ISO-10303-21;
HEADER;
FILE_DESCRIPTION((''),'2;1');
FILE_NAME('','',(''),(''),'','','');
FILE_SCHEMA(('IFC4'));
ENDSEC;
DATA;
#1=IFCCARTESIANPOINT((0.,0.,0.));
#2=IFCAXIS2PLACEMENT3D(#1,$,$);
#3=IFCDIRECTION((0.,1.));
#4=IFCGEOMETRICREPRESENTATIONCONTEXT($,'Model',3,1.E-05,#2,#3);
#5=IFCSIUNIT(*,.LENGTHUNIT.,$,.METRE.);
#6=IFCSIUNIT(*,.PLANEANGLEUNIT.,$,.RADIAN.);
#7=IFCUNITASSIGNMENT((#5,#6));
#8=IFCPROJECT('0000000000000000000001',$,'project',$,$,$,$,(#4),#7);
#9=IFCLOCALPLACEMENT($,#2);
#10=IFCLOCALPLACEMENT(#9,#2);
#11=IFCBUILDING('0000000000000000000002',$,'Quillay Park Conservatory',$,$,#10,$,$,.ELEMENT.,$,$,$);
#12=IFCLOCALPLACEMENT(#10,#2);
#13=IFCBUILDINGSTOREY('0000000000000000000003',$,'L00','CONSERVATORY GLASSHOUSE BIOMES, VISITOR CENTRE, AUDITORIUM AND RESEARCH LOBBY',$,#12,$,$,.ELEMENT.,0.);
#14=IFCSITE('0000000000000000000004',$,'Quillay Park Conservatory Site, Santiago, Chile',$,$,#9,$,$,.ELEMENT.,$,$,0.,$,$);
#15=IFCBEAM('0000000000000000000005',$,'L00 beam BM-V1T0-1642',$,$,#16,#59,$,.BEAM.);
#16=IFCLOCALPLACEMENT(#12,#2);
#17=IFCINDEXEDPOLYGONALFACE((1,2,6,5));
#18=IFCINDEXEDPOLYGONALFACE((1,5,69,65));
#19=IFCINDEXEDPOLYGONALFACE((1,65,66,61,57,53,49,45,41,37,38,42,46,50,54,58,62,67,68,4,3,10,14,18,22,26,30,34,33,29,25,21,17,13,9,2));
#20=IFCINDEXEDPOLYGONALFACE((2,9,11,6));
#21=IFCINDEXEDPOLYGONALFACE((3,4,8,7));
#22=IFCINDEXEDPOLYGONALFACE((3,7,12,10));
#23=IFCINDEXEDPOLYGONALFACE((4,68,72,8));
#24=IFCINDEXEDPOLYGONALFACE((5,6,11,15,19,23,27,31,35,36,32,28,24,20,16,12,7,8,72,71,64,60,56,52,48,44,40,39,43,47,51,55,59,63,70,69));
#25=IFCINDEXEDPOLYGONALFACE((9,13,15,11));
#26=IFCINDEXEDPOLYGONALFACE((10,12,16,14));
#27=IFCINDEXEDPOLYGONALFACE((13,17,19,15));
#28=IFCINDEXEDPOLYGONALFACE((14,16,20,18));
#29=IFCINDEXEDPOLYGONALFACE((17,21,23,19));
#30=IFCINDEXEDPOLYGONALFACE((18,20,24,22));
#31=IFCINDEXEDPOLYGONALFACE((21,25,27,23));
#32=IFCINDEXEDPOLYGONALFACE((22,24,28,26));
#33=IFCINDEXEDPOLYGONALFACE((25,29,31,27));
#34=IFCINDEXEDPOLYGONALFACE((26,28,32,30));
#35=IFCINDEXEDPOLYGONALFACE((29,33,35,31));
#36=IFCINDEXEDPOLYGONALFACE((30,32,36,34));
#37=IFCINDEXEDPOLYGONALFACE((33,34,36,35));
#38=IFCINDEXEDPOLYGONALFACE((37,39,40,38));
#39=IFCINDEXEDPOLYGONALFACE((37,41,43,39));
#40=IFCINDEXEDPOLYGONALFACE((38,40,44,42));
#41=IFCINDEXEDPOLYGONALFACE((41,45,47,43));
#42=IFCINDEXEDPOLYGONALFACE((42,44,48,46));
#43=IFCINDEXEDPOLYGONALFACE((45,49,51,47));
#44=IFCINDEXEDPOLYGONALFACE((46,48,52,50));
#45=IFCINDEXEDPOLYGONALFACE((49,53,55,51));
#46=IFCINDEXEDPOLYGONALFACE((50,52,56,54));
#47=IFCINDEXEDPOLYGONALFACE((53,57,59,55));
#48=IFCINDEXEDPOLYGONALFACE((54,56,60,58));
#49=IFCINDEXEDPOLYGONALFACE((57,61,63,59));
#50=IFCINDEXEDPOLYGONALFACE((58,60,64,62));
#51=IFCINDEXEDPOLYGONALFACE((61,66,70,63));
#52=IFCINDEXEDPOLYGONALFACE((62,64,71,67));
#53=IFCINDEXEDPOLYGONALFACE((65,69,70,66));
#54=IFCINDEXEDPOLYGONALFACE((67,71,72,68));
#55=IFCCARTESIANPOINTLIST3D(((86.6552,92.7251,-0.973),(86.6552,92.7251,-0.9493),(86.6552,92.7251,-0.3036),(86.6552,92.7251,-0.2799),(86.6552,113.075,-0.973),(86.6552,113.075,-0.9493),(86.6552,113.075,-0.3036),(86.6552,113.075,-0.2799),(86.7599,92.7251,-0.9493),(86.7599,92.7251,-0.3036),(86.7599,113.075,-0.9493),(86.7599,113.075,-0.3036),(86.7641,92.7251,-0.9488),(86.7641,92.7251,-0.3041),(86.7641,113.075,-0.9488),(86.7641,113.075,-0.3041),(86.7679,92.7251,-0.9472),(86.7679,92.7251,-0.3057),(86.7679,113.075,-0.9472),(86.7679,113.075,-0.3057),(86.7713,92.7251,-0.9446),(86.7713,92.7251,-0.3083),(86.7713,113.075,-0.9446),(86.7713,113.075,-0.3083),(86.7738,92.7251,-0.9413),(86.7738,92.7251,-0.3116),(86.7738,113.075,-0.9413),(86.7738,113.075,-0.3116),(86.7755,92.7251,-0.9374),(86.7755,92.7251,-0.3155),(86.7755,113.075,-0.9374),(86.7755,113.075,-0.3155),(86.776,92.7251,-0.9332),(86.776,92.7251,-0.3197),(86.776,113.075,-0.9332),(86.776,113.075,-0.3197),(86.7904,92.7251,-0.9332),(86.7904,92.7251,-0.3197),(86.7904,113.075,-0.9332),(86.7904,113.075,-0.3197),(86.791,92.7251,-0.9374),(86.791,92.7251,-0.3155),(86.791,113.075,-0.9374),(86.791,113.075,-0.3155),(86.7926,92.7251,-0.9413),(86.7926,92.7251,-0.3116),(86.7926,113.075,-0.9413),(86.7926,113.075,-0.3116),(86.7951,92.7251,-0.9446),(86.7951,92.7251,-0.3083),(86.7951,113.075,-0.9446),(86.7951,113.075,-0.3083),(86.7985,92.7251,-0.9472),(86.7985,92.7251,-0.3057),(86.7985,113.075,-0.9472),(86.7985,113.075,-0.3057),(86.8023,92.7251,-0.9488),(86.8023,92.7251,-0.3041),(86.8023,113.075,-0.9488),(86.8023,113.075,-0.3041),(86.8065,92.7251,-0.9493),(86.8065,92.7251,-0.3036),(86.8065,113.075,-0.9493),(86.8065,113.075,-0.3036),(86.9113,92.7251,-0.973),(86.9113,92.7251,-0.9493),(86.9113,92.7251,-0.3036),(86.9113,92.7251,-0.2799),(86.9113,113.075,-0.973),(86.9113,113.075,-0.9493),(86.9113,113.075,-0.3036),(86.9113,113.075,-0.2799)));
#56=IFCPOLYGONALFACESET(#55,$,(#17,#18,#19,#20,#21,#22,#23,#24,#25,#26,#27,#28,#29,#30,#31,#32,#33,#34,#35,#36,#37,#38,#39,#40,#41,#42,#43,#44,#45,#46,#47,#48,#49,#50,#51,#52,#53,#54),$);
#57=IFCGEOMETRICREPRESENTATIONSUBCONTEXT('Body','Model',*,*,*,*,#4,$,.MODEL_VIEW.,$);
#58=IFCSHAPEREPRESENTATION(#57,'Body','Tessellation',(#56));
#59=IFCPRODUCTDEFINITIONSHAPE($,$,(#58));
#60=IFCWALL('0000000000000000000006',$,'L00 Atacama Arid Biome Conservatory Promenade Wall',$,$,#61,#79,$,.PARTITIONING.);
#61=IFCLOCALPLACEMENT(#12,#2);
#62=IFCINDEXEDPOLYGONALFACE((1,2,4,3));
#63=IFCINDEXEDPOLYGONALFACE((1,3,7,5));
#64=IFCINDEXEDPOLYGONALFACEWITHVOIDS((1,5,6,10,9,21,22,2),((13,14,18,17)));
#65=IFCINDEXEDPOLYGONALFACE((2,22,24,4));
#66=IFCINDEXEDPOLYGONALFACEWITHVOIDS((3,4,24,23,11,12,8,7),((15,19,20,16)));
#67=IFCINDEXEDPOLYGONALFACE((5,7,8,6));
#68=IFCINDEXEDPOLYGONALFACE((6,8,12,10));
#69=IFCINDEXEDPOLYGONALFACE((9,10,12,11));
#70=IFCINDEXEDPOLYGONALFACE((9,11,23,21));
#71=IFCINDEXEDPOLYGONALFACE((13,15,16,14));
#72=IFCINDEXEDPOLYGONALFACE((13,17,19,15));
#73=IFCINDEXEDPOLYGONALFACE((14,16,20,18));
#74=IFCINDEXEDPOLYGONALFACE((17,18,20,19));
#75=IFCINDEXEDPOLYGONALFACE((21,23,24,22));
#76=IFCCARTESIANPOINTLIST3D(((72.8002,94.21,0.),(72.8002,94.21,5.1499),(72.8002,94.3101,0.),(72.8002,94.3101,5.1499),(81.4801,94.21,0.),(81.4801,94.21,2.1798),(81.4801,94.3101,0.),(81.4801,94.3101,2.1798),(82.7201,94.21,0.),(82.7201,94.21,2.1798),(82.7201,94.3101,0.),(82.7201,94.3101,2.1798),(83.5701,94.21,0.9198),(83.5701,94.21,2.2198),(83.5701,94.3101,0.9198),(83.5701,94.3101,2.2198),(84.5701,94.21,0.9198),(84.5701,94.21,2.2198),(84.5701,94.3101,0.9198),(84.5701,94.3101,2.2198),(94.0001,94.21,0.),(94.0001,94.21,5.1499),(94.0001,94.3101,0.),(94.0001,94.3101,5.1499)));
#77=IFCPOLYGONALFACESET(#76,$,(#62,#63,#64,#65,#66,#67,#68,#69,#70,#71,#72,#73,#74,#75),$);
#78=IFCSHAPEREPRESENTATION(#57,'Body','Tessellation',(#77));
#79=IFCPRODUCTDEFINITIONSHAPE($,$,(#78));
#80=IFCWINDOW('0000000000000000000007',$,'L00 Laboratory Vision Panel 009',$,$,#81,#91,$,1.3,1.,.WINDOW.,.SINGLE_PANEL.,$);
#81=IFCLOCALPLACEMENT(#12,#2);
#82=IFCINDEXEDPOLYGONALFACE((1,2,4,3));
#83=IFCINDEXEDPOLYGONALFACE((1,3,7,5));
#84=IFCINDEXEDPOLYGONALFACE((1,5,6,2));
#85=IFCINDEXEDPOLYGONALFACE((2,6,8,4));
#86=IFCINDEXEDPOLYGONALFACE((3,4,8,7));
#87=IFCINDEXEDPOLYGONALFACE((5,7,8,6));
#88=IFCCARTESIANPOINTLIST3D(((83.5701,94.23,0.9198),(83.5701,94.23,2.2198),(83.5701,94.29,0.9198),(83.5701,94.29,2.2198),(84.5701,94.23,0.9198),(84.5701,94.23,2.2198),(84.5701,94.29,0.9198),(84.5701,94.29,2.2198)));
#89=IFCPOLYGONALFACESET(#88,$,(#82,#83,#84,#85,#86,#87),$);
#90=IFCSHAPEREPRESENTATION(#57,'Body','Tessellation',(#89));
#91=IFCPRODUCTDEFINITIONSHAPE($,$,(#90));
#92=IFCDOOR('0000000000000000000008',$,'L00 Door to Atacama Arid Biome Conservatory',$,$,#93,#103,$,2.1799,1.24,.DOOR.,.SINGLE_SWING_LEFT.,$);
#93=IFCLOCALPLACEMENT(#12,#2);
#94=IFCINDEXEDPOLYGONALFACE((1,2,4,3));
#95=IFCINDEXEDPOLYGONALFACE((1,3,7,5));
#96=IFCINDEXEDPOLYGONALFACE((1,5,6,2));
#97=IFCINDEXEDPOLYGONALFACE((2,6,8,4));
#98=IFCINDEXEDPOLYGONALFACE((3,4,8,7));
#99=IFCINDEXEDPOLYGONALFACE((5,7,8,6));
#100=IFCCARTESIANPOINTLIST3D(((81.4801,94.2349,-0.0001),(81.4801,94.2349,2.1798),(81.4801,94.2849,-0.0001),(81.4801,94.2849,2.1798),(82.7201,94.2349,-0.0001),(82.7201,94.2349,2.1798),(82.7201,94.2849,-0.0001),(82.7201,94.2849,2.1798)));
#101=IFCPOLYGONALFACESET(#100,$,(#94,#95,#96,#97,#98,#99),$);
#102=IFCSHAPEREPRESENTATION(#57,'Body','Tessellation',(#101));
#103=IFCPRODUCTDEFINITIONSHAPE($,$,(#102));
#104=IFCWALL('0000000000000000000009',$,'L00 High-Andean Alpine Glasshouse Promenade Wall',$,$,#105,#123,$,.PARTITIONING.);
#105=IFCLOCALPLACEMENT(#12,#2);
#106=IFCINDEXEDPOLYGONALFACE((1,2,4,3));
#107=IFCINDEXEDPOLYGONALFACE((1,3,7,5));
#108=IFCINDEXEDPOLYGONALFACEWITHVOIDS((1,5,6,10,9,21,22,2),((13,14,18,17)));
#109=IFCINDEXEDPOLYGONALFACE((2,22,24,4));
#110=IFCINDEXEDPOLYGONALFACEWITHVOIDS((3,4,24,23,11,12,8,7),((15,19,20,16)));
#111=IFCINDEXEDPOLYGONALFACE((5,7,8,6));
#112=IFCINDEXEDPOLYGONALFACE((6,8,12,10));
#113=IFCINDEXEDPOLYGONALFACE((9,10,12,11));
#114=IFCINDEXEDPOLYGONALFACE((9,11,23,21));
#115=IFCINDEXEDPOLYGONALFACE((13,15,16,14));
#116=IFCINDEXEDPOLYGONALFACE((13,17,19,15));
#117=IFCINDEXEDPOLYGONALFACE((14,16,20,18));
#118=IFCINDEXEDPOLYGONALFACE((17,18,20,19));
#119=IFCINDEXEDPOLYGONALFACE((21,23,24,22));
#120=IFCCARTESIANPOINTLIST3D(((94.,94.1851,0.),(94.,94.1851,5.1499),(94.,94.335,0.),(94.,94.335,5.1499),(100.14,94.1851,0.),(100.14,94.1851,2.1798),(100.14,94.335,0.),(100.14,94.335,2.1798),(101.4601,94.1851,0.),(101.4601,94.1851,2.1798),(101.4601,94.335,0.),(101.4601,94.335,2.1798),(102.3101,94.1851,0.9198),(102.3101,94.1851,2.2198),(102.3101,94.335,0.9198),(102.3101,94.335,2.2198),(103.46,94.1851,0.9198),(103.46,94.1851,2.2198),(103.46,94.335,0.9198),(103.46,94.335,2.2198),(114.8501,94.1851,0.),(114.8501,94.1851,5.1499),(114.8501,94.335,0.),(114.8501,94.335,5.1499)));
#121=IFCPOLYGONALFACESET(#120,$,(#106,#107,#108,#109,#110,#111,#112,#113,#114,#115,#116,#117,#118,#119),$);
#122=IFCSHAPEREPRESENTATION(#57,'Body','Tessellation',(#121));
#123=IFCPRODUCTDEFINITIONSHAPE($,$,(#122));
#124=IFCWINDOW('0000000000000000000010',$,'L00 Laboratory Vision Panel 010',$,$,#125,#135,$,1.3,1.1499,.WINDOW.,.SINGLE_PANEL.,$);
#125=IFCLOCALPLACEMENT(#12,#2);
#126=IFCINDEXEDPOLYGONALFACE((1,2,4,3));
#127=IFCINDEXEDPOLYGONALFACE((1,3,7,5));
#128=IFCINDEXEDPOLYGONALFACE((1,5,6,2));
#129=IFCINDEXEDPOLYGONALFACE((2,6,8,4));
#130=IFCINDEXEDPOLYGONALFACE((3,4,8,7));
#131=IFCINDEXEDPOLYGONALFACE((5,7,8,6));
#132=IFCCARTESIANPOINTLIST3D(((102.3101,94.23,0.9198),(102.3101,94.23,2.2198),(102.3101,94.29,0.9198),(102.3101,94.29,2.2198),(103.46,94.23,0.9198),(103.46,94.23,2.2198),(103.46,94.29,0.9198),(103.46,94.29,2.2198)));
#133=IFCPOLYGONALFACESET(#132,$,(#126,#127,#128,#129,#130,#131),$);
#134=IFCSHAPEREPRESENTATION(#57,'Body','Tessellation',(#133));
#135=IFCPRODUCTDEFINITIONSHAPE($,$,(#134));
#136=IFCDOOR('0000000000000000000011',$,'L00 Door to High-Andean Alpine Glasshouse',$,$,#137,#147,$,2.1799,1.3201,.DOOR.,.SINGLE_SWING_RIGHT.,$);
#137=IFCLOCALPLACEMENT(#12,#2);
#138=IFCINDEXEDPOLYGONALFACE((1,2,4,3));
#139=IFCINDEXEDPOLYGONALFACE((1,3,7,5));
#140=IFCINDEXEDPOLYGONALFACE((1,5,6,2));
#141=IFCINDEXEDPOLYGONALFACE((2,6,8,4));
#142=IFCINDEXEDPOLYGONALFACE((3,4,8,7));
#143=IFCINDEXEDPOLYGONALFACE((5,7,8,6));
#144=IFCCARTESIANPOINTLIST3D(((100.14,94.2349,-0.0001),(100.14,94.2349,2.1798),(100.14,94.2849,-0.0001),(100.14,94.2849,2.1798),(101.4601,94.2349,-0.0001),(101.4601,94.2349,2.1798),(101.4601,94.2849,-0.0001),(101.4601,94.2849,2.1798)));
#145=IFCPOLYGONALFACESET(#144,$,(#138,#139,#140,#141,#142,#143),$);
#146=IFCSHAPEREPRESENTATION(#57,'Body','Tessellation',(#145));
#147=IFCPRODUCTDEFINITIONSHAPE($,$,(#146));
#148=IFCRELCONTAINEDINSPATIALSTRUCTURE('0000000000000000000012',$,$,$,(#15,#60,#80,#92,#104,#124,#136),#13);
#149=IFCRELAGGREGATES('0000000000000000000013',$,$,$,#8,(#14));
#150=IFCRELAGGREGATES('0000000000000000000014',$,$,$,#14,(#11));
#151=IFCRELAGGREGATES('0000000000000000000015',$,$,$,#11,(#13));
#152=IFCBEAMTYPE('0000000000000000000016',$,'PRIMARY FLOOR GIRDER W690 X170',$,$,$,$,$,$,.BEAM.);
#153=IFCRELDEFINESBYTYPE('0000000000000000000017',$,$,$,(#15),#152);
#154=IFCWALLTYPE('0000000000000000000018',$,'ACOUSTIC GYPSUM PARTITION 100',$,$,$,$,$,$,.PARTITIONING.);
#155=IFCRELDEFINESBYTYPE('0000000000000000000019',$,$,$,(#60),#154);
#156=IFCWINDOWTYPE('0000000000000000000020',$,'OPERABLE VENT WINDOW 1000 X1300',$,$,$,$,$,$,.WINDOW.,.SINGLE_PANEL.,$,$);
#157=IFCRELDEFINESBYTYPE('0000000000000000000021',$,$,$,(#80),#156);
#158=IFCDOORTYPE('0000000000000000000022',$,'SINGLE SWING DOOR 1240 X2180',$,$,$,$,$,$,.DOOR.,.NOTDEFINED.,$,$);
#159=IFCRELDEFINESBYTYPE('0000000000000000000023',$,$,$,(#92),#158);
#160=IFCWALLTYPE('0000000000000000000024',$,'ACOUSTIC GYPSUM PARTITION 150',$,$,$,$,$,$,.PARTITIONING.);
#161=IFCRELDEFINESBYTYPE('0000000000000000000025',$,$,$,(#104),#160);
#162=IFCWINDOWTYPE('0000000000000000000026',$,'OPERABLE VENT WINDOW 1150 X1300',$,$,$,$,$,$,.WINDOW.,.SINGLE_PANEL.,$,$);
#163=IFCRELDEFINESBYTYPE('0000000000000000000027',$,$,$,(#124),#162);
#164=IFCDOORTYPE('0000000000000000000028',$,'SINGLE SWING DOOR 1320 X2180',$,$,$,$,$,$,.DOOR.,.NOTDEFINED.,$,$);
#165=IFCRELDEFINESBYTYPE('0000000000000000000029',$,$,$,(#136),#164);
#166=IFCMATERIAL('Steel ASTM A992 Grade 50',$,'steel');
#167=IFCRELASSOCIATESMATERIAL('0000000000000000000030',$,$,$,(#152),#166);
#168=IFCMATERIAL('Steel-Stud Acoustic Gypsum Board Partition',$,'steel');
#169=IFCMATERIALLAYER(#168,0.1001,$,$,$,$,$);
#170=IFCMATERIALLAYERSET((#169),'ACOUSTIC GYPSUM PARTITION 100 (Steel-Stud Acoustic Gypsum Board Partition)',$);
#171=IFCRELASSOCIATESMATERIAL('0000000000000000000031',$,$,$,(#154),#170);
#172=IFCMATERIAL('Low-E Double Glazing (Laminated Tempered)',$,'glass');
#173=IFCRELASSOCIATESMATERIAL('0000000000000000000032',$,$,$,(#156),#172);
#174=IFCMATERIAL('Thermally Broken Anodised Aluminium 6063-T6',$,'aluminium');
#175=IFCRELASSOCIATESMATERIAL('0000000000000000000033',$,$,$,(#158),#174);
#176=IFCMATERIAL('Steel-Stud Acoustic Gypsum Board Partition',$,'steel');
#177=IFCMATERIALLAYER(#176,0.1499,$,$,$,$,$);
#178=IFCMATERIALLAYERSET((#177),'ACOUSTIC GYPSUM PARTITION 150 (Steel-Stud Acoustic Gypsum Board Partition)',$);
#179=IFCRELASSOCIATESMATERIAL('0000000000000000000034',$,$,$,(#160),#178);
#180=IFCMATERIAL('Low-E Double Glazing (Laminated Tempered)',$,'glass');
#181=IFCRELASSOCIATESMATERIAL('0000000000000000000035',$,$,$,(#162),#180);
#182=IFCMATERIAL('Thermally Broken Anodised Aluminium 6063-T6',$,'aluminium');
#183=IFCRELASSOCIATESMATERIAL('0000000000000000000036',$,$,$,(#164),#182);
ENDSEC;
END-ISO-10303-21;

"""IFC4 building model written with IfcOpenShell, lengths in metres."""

from ifc_helpers import new_model, si_unit, direction, frame, frame_2d, origin, origin_2d, place, context, subcontext, project, spatial, rectangle, i_section, extrude, material, layer, layer_set, material_profile, profile_set, type_object, element, fill, save


model = new_model("IFC4")

# Units and contexts
model_context = context("Model", 3, precision=1e-05, world=origin(), true_north=direction((0.0, 1.0)))
body_context = subcontext(model_context, "Body", "Model", "MODEL_VIEW")
ifc_project = project(units=[si_unit("LENGTHUNIT", "METRE"), si_unit("PLANEANGLEUNIT", "RADIAN")], contexts=[model_context])

# Site, building, storey
site_placement = place(None, origin())
site = spatial("IfcSite", under=ifc_project, at=site_placement, Name="Quillay Park Conservatory Site, Santiago, Chile", CompositionType="ELEMENT", RefElevation=0.0)
building_placement = place(site_placement, origin())
building = spatial("IfcBuilding", under=site, at=building_placement, Name="Quillay Park Conservatory", CompositionType="ELEMENT")
storey_placement = place(building_placement, origin())
storey = spatial("IfcBuildingStorey", under=building, at=storey_placement, Name="L00", Description="CONSERVATORY GLASSHOUSE BIOMES, VISITOR CENTRE, AUDITORIUM AND RESEARCH LOBBY", CompositionType="ELEMENT", Elevation=0.0)

# Beam
ifc_material_1 = material(Name="Steel ASTM A992 Grade 50", Category="steel")
ifc_material_profile_1 = material_profile(ifc_material_1, i_section(OverallWidth=0.2561, OverallDepth=0.6931, WebThickness=0.0144, FlangeThickness=0.0237, FilletRadius=0.0161, at=origin_2d()), Name="W690x170")
ifc_profile_set_1 = profile_set([ifc_material_profile_1], Name="Steel ASTM A992 Grade 50")
beam_type_1 = type_object("IfcBeamType", Name="PRIMARY FLOOR GIRDER W690 X170", PredefinedType="BEAM", material=ifc_profile_set_1)
for number, where, z_axis, x_axis, name in (
    (1, (86.7832, 92.7251, -0.6265), (0.0, 1.0, 0.0), (-1.0, 0.0, 0.0), "L00 beam BM-V1T0-1642"),
):
    element("IfcBeam", number, at=place(storey_placement, frame(where, z_axis=z_axis, x_axis=x_axis)), inside=storey, type_object=beam_type_1, Name=name, PredefinedType="BEAM", context=body_context, shape_type="SweptSolid", body=[
        extrude(i_section(OverallWidth=0.2561, OverallDepth=0.6931, WebThickness=0.0144, FlangeThickness=0.0237, FilletRadius=0.0161, at=origin_2d()), origin(), (0.0, 0.0, 1.0), 20.3499),
    ])

# Walls, openings, windows, doors
ifc_material_2 = material(Name="Steel-Stud Acoustic Gypsum Board Partition", Category="steel")
ifc_layer_1 = layer(ifc_material_2, 0.1001)
ifc_layer_set_1 = layer_set([ifc_layer_1], Name="ACOUSTIC GYPSUM PARTITION 100 (Steel-Stud Acoustic Gypsum Board Partition)")
wall_type_1 = type_object("IfcWallType", Name="ACOUSTIC GYPSUM PARTITION 100", PredefinedType="PARTITIONING", material=ifc_layer_set_1)
wall_1_placement = place(storey_placement, frame((72.8, 94.26, 0.0), z_axis=(0.0, 0.0, 1.0), x_axis=(1.0, 0.0, 0.0)))
wall_1 = element("IfcWall", 2, at=wall_1_placement, inside=storey, type_object=wall_type_1, Name="L00 Atacama Arid Biome Conservatory Promenade Wall", PredefinedType="PARTITIONING", context=body_context, shape_type="SweptSolid", body=[
    extrude(rectangle(XDim=21.2, YDim=0.1001, at=frame_2d((10.6001, 0.0))), origin(), (0.0, 0.0, 1.0), 5.1499),
])
opening_1_placement = place(wall_1_placement, frame((8.6799, 0.0, 0.0)))
opening_1 = element("IfcOpeningElement", 3, at=opening_1_placement, cuts=wall_1, PredefinedType="OPENING", context=body_context, shape_type="SweptSolid", body=[
    extrude(rectangle(XDim=1.24, YDim=2.1799, at=frame_2d((0.6201, 1.0898))), frame((0.0, 0.05, 0.0), z_axis=(0.0, -1.0, 0.0), x_axis=(1.0, 0.0, 0.0)), (0.0, 0.0, 1.0), 0.1001),
])
opening_2_placement = place(wall_1_placement, frame((10.77, 0.0, 0.9199)))
opening_2 = element("IfcOpeningElement", 4, at=opening_2_placement, cuts=wall_1, PredefinedType="OPENING", context=body_context, shape_type="SweptSolid", body=[
    extrude(rectangle(XDim=1.0, YDim=1.3, at=frame_2d((0.5, 0.6499))), frame((0.0, 0.05, 0.0), z_axis=(0.0, -1.0, 0.0), x_axis=(1.0, 0.0, 0.0)), (0.0, 0.0, 1.0), 0.1001),
])
ifc_material_3 = material(Name="Low-E Double Glazing (Laminated Tempered)", Category="glass")
window_type_1 = type_object("IfcWindowType", Name="OPERABLE VENT WINDOW 1000 X1300", PartitioningType="SINGLE_PANEL", PredefinedType="WINDOW", material=ifc_material_3)
window_1_placement = place(opening_2_placement, origin())
window_1 = element("IfcWindow", 5, at=window_1_placement, inside=storey, type_object=window_type_1, Name="L00 Laboratory Vision Panel 009", OverallHeight=1.3, OverallWidth=1.0, PartitioningType="SINGLE_PANEL", PredefinedType="WINDOW", context=body_context, shape_type="SweptSolid", body=[
    extrude(rectangle(XDim=1.0, YDim=1.3, at=frame_2d((0.5, 0.6499))), frame((0.0, 0.03, 0.0), z_axis=(0.0, -1.0, 0.0), x_axis=(1.0, 0.0, 0.0)), (0.0, 0.0, 1.0), 0.0601),
])
fill(opening_2, window_1)
ifc_material_4 = material(Name="Thermally Broken Anodised Aluminium 6063-T6", Category="aluminium")
door_type_1 = type_object("IfcDoorType", Name="SINGLE SWING DOOR 1240 X2180", OperationType="NOTDEFINED", PredefinedType="DOOR", material=ifc_material_4)
door_1_placement = place(opening_1_placement, origin())
door_1 = element("IfcDoor", 6, at=door_1_placement, inside=storey, type_object=door_type_1, Name="L00 Door to Atacama Arid Biome Conservatory", OperationType="SINGLE_SWING_LEFT", OverallHeight=2.1799, OverallWidth=1.24, PredefinedType="DOOR", context=body_context, shape_type="SweptSolid", body=[
    extrude(rectangle(XDim=1.24, YDim=2.1799, at=frame_2d((0.6201, 1.0898))), frame((0.0, 0.0249, 0.0), z_axis=(0.0, -1.0, 0.0), x_axis=(1.0, 0.0, 0.0)), (0.0, 0.0, 1.0), 0.05),
])
fill(opening_1, door_1)
ifc_material_5 = material(Name="Steel-Stud Acoustic Gypsum Board Partition", Category="steel")
ifc_layer_2 = layer(ifc_material_5, 0.1499)
ifc_layer_set_2 = layer_set([ifc_layer_2], Name="ACOUSTIC GYPSUM PARTITION 150 (Steel-Stud Acoustic Gypsum Board Partition)")
wall_type_2 = type_object("IfcWallType", Name="ACOUSTIC GYPSUM PARTITION 150", PredefinedType="PARTITIONING", material=ifc_layer_set_2)
wall_2_placement = place(storey_placement, frame((94.0, 94.26, 0.0), z_axis=(0.0, 0.0, 1.0), x_axis=(1.0, 0.0, 0.0)))
wall_2 = element("IfcWall", 7, at=wall_2_placement, inside=storey, type_object=wall_type_2, Name="L00 High-Andean Alpine Glasshouse Promenade Wall", PredefinedType="PARTITIONING", context=body_context, shape_type="SweptSolid", body=[
    extrude(rectangle(XDim=20.8501, YDim=0.1499, at=frame_2d((10.425, 0.0))), origin(), (0.0, 0.0, 1.0), 5.1499),
])
opening_3_placement = place(wall_2_placement, frame((6.1399, 0.0, 0.0)))
opening_3 = element("IfcOpeningElement", 8, at=opening_3_placement, cuts=wall_2, PredefinedType="OPENING", context=body_context, shape_type="SweptSolid", body=[
    extrude(rectangle(XDim=1.3201, YDim=2.1799, at=frame_2d((0.6602, 1.0898))), frame((0.0, 0.075, 0.0), z_axis=(0.0, -1.0, 0.0), x_axis=(1.0, 0.0, 0.0)), (0.0, 0.0, 1.0), 0.1499),
])
opening_4_placement = place(wall_2_placement, frame((8.3101, 0.0, 0.9199)))
opening_4 = element("IfcOpeningElement", 9, at=opening_4_placement, cuts=wall_2, PredefinedType="OPENING", context=body_context, shape_type="SweptSolid", body=[
    extrude(rectangle(XDim=1.1499, YDim=1.3, at=frame_2d((0.575, 0.6499))), frame((0.0, 0.075, 0.0), z_axis=(0.0, -1.0, 0.0), x_axis=(1.0, 0.0, 0.0)), (0.0, 0.0, 1.0), 0.1499),
])
ifc_material_6 = material(Name="Low-E Double Glazing (Laminated Tempered)", Category="glass")
window_type_2 = type_object("IfcWindowType", Name="OPERABLE VENT WINDOW 1150 X1300", PartitioningType="SINGLE_PANEL", PredefinedType="WINDOW", material=ifc_material_6)
window_2_placement = place(opening_4_placement, origin())
window_2 = element("IfcWindow", 10, at=window_2_placement, inside=storey, type_object=window_type_2, Name="L00 Laboratory Vision Panel 010", OverallHeight=1.3, OverallWidth=1.1499, PartitioningType="SINGLE_PANEL", PredefinedType="WINDOW", context=body_context, shape_type="SweptSolid", body=[
    extrude(rectangle(XDim=1.1499, YDim=1.3, at=frame_2d((0.575, 0.6499))), frame((0.0, 0.03, 0.0), z_axis=(0.0, -1.0, 0.0), x_axis=(1.0, 0.0, 0.0)), (0.0, 0.0, 1.0), 0.0601),
])
fill(opening_4, window_2)
ifc_material_7 = material(Name="Thermally Broken Anodised Aluminium 6063-T6", Category="aluminium")
door_type_2 = type_object("IfcDoorType", Name="SINGLE SWING DOOR 1320 X2180", OperationType="NOTDEFINED", PredefinedType="DOOR", material=ifc_material_7)
door_2_placement = place(opening_3_placement, origin())
door_2 = element("IfcDoor", 11, at=door_2_placement, inside=storey, type_object=door_type_2, Name="L00 Door to High-Andean Alpine Glasshouse", OperationType="SINGLE_SWING_RIGHT", OverallHeight=2.1799, OverallWidth=1.3201, PredefinedType="DOOR", context=body_context, shape_type="SweptSolid", body=[
    extrude(rectangle(XDim=1.3201, YDim=2.1799, at=frame_2d((0.6602, 1.0898))), frame((0.0, 0.0249, 0.0), z_axis=(0.0, -1.0, 0.0), x_axis=(1.0, 0.0, 0.0)), (0.0, 0.0, 1.0), 0.05),
])
fill(opening_3, door_2)

save(model, "model.ifc")
